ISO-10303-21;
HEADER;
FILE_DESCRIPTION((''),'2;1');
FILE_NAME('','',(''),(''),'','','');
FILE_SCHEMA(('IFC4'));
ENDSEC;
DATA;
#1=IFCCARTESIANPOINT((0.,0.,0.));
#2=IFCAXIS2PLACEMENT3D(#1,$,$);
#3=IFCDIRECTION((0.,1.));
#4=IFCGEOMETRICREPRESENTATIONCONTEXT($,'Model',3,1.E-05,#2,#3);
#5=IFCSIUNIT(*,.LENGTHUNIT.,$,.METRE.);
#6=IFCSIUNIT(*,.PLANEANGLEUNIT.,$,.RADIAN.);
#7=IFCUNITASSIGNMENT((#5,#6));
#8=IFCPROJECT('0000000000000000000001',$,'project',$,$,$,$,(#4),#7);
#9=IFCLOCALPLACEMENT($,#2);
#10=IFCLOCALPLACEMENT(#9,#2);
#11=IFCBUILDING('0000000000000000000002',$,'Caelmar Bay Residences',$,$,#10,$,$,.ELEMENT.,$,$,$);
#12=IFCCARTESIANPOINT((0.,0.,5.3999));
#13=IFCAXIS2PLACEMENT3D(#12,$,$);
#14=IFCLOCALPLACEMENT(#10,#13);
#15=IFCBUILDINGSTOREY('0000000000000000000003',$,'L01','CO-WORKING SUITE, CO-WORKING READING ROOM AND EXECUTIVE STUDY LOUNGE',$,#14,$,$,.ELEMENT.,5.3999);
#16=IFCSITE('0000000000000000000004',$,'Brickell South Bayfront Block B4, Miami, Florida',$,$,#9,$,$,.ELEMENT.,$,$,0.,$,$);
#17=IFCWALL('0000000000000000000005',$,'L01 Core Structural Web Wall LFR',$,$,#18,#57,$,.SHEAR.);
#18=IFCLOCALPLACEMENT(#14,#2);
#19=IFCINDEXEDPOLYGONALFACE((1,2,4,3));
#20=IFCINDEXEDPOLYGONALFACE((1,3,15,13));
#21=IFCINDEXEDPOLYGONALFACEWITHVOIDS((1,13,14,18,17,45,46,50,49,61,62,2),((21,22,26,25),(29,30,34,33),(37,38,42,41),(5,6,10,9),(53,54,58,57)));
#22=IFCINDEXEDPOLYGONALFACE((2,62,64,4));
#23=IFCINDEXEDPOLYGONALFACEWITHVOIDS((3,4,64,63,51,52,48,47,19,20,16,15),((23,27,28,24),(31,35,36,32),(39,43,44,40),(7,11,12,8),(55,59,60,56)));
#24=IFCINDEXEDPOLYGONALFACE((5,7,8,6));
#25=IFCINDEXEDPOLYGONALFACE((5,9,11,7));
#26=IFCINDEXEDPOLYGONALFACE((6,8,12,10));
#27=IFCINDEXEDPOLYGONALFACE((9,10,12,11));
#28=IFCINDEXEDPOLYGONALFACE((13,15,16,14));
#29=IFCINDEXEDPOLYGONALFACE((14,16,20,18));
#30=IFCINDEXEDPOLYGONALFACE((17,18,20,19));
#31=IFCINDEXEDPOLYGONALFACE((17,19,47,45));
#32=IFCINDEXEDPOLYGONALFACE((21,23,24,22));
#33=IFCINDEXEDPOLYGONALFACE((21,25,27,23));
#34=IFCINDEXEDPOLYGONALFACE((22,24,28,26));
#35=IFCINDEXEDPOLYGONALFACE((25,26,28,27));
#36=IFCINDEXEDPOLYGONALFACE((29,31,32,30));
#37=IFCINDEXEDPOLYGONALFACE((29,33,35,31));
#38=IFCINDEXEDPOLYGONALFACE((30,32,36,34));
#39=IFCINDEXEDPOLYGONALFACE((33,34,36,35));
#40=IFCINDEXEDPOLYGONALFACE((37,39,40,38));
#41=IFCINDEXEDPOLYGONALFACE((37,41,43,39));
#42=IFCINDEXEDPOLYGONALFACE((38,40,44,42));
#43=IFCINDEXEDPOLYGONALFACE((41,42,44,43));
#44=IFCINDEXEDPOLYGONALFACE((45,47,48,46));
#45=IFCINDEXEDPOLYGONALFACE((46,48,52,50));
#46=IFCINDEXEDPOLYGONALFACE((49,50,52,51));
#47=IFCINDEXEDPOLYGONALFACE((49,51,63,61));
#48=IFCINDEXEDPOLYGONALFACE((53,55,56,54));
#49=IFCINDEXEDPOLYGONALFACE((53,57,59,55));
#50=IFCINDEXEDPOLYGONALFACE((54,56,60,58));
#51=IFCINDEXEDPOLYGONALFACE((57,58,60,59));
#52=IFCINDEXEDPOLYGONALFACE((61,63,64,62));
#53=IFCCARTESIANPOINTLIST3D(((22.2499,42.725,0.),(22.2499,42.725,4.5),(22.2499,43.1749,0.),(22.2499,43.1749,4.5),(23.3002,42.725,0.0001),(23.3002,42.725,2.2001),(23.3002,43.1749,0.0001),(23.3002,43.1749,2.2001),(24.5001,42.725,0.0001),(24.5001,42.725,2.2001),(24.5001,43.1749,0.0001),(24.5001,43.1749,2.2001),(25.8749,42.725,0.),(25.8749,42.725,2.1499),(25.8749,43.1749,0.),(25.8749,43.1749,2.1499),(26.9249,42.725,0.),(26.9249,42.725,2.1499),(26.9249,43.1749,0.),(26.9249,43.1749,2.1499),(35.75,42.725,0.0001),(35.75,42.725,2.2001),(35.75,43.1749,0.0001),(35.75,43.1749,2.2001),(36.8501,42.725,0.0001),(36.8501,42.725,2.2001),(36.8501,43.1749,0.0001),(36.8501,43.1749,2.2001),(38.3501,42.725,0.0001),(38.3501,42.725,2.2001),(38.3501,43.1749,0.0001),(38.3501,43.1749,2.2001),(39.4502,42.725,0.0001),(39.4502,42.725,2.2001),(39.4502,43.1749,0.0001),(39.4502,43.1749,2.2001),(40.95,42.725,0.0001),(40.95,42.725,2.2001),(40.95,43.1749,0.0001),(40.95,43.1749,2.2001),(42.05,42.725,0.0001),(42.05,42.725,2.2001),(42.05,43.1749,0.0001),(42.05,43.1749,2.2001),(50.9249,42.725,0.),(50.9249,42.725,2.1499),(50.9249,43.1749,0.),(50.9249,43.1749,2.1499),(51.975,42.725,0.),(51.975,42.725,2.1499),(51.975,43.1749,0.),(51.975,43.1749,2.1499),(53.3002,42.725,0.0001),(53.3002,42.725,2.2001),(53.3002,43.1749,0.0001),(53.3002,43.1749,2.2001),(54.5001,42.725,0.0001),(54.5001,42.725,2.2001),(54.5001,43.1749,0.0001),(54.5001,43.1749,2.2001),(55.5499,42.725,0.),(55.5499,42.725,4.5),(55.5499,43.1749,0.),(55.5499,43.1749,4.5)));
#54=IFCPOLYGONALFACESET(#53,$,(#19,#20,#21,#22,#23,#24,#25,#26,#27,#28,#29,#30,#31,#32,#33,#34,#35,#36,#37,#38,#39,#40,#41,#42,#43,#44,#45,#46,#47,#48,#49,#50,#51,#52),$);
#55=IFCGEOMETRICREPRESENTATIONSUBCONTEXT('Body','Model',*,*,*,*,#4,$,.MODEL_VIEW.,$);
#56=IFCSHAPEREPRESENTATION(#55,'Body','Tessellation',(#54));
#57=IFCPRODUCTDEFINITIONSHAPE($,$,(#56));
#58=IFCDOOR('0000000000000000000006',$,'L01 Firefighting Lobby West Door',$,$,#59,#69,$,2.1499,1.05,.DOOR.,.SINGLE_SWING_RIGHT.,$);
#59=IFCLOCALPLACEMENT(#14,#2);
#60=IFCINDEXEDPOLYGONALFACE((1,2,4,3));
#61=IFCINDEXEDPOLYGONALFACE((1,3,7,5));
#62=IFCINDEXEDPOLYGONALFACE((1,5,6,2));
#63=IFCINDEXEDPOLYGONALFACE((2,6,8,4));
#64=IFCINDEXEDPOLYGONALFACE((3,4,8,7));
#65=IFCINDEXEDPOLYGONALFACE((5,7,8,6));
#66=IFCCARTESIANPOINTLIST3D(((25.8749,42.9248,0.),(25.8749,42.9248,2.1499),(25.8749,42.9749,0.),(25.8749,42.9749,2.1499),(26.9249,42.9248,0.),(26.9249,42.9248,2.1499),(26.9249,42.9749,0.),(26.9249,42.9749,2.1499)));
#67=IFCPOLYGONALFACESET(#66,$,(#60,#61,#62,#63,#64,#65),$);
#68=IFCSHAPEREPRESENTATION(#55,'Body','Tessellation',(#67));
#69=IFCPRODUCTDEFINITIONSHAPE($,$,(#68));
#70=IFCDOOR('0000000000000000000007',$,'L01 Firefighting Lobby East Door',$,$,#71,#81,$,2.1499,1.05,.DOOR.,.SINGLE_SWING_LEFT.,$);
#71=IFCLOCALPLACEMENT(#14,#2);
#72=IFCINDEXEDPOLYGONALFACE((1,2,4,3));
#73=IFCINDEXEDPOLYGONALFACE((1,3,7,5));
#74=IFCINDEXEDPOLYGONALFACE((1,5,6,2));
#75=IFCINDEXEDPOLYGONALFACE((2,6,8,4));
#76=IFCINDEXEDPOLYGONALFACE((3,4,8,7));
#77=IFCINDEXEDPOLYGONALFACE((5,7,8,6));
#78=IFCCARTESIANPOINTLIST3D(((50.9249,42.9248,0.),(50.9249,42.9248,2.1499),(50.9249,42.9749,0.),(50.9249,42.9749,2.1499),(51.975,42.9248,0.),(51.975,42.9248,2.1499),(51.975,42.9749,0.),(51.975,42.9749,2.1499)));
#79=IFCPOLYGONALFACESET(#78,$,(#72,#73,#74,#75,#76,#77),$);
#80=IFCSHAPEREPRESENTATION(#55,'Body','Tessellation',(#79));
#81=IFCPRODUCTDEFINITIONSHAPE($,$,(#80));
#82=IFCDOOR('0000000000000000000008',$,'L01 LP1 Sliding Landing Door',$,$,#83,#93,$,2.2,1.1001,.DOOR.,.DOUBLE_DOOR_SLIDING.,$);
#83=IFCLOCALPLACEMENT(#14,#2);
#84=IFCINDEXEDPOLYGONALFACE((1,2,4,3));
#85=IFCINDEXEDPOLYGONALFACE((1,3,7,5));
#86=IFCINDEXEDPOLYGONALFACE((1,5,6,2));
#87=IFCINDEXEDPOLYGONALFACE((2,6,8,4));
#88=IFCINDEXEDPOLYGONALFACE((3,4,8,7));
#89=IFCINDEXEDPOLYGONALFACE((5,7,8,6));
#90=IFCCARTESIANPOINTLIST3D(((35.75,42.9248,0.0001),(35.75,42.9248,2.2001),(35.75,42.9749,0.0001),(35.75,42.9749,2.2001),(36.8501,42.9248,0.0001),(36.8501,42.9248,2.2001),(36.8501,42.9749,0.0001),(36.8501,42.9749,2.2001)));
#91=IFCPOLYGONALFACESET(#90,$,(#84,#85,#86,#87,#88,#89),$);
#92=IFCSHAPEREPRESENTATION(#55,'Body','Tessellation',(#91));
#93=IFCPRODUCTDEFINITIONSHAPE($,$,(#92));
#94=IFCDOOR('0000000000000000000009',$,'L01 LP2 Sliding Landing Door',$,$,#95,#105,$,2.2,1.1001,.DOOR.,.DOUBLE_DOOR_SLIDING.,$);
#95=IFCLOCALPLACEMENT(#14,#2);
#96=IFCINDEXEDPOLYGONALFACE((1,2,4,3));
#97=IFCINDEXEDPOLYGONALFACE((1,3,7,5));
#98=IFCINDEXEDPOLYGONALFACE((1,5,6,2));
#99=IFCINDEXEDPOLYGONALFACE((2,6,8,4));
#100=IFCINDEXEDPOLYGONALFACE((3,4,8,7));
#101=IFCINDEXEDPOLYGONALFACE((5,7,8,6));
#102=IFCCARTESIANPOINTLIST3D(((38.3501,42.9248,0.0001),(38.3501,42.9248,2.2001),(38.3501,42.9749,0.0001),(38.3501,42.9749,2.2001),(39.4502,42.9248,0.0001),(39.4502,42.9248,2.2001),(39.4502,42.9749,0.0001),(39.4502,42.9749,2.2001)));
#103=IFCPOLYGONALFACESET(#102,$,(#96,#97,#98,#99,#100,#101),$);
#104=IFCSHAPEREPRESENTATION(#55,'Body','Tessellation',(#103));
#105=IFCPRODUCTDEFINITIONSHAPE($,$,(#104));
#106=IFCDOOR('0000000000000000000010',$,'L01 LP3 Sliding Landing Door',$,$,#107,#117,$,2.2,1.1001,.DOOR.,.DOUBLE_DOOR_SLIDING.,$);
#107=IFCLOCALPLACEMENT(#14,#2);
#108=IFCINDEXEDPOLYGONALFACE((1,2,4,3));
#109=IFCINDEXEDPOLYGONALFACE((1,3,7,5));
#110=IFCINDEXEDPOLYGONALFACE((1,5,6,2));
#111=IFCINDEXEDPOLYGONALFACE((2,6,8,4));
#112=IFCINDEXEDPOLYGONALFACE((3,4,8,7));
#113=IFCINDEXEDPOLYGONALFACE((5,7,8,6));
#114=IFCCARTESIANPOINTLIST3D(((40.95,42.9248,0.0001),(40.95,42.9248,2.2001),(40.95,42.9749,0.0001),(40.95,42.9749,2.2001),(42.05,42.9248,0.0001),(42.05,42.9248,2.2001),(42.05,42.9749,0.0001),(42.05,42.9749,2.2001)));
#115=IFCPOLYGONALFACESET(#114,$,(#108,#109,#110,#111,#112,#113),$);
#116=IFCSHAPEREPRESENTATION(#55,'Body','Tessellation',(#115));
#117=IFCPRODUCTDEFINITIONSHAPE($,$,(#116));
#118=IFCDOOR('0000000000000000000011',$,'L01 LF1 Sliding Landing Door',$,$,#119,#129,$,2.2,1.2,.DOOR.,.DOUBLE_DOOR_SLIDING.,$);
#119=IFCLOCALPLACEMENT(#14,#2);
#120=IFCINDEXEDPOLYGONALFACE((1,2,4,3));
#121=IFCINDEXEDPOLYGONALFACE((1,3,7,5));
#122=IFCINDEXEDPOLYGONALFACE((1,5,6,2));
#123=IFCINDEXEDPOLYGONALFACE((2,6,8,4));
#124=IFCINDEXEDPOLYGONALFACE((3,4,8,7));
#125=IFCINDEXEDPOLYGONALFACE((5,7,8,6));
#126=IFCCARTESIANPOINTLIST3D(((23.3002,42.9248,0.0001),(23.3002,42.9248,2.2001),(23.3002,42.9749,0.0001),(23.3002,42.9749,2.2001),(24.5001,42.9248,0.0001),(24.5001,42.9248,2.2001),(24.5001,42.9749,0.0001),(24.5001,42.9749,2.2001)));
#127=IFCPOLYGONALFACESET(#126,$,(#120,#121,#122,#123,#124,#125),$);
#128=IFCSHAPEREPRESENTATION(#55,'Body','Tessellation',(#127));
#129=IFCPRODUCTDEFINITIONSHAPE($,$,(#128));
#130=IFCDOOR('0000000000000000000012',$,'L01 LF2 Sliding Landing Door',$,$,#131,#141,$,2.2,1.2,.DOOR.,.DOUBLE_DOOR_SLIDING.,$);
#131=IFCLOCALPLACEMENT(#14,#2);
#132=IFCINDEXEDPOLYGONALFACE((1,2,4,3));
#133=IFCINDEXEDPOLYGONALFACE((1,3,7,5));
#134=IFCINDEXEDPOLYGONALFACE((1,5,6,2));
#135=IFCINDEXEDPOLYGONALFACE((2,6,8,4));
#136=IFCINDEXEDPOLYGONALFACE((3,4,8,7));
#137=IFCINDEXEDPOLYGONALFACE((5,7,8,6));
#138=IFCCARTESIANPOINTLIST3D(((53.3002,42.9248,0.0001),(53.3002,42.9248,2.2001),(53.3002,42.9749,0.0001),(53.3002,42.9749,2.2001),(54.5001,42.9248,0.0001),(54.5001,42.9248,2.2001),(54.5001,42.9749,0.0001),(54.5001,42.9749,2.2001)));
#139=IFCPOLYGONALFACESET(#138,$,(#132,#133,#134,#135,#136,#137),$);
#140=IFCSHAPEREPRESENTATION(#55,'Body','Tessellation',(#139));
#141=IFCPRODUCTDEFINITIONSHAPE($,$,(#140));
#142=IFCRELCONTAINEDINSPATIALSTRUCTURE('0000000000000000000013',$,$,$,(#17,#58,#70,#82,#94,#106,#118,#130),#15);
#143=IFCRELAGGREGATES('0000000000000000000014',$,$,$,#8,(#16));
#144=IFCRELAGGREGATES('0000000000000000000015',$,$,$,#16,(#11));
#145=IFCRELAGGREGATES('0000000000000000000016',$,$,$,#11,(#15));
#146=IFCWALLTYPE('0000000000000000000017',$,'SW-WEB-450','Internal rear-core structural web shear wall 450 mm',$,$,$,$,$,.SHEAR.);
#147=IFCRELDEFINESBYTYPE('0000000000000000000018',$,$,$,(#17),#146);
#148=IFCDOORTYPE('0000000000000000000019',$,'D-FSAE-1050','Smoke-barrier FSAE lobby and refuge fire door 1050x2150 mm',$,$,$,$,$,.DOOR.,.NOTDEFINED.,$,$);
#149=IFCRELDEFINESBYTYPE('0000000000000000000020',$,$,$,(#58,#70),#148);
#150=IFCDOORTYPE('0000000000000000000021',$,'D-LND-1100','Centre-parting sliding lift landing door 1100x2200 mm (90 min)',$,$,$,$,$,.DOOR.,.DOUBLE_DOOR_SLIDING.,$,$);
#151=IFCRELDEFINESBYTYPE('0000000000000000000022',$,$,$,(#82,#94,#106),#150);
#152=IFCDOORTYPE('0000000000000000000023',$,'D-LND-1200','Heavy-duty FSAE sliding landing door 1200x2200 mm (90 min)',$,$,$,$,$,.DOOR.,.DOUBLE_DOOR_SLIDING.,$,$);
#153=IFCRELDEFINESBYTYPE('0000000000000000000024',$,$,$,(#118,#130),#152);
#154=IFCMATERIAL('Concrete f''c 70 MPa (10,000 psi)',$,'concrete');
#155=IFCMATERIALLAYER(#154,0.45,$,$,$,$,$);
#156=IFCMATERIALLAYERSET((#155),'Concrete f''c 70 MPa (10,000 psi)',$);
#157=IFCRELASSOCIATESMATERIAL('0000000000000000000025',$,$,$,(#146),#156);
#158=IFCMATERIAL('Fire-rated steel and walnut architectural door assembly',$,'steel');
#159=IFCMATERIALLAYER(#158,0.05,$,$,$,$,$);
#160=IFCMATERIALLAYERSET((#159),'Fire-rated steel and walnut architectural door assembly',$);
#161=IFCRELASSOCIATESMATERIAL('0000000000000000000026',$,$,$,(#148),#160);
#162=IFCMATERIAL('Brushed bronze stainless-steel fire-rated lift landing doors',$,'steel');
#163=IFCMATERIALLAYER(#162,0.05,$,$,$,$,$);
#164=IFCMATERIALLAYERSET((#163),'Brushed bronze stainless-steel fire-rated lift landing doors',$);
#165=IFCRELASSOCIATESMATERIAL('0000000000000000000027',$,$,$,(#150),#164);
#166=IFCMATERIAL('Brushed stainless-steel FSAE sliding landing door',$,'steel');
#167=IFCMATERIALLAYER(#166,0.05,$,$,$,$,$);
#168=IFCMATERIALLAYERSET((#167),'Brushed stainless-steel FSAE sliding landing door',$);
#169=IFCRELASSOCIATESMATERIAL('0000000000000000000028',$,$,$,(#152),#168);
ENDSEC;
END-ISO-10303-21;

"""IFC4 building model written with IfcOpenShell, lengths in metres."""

from ifc_helpers import new_model, si_unit, direction, frame, frame_2d, origin, place, context, subcontext, project, spatial, rectangle, extrude, material, layer, layer_set, type_object, element, fill, save


model = new_model("IFC4")

# Units and contexts
model_context = context("Model", 3, precision=1e-05, world=origin(), true_north=direction((0.0, 1.0)))
body_context = subcontext(model_context, "Body", "Model", "MODEL_VIEW")
ifc_project = project(units=[si_unit("LENGTHUNIT", "METRE"), si_unit("PLANEANGLEUNIT", "RADIAN")], contexts=[model_context])

# Site, building, storey
site_placement = place(None, origin())
site = spatial("IfcSite", under=ifc_project, at=site_placement, Name="Brickell South Bayfront Block B4, Miami, Florida", CompositionType="ELEMENT", RefElevation=0.0)
building_placement = place(site_placement, origin())
building = spatial("IfcBuilding", under=site, at=building_placement, Name="Caelmar Bay Residences", CompositionType="ELEMENT")
storey_placement = place(building_placement, frame((0.0, 0.0, 5.3999)))
storey = spatial("IfcBuildingStorey", under=building, at=storey_placement, Name="L01", Description="CO-WORKING SUITE, CO-WORKING READING ROOM AND EXECUTIVE STUDY LOUNGE", CompositionType="ELEMENT", Elevation=5.3999)

# Wall, openings, doors
ifc_material_1 = material(Name="Concrete f'c 70 MPa (10,000 psi)", Category="concrete")
ifc_layer_1 = layer(ifc_material_1, 0.45)
ifc_layer_set_1 = layer_set([ifc_layer_1], Name="Concrete f'c 70 MPa (10,000 psi)")
wall_type_1 = type_object("IfcWallType", Name="SW-WEB-450", Description="Internal rear-core structural web shear wall 450 mm", PredefinedType="SHEAR", material=ifc_layer_set_1)
wall_1_placement = place(storey_placement, frame((22.25, 42.95, 0.0), z_axis=(0.0, 0.0, 1.0), x_axis=(1.0, 0.0, 0.0)))
wall_1 = element("IfcWall", 1, at=wall_1_placement, inside=storey, type_object=wall_type_1, Name="L01 Core Structural Web Wall LFR", PredefinedType="SHEAR", context=body_context, shape_type="SweptSolid", body=[
    extrude(rectangle(XDim=33.3, YDim=0.45, at=frame_2d((16.6499, 0.0))), origin(), (0.0, 0.0, 1.0), 4.5),
])
opening_1_placement = place(wall_1_placement, frame((1.05, 0.0, 0.0)))
opening_1 = element("IfcOpeningElement", 2, at=opening_1_placement, cuts=wall_1, PredefinedType="OPENING", context=body_context, shape_type="SweptSolid", body=[
    extrude(rectangle(XDim=1.2, YDim=2.2, at=frame_2d((0.6001, 1.1001))), frame((0.0, 0.2349, 0.0), z_axis=(0.0, -1.0, 0.0), x_axis=(1.0, 0.0, 0.0)), (0.0, 0.0, 1.0), 0.47),
])
opening_2_placement = place(wall_1_placement, frame((31.05, 0.0, 0.0)))
opening_2 = element("IfcOpeningElement", 3, at=opening_2_placement, cuts=wall_1, PredefinedType="OPENING", context=body_context, shape_type="SweptSolid", body=[
    extrude(rectangle(XDim=1.2, YDim=2.2, at=frame_2d((0.6001, 1.1001))), frame((0.0, 0.2349, 0.0), z_axis=(0.0, -1.0, 0.0), x_axis=(1.0, 0.0, 0.0)), (0.0, 0.0, 1.0), 0.47),
])
opening_3_placement = place(wall_1_placement, frame((13.5, 0.0, 0.0)))
opening_3 = element("IfcOpeningElement", 4, at=opening_3_placement, cuts=wall_1, PredefinedType="OPENING", context=body_context, shape_type="SweptSolid", body=[
    extrude(rectangle(XDim=1.1001, YDim=2.2, at=frame_2d((0.55, 1.1001))), frame((0.0, 0.2349, 0.0), z_axis=(0.0, -1.0, 0.0), x_axis=(1.0, 0.0, 0.0)), (0.0, 0.0, 1.0), 0.47),
])
opening_4_placement = place(wall_1_placement, frame((16.1001, 0.0, 0.0)))
opening_4 = element("IfcOpeningElement", 5, at=opening_4_placement, cuts=wall_1, PredefinedType="OPENING", context=body_context, shape_type="SweptSolid", body=[
    extrude(rectangle(XDim=1.1001, YDim=2.2, at=frame_2d((0.55, 1.1001))), frame((0.0, 0.2349, 0.0), z_axis=(0.0, -1.0, 0.0), x_axis=(1.0, 0.0, 0.0)), (0.0, 0.0, 1.0), 0.47),
])
opening_5_placement = place(wall_1_placement, frame((18.7, 0.0, 0.0)))
opening_5 = element("IfcOpeningElement", 6, at=opening_5_placement, cuts=wall_1, PredefinedType="OPENING", context=body_context, shape_type="SweptSolid", body=[
    extrude(rectangle(XDim=1.1001, YDim=2.2, at=frame_2d((0.55, 1.1001))), frame((0.0, 0.2349, 0.0), z_axis=(0.0, -1.0, 0.0), x_axis=(1.0, 0.0, 0.0)), (0.0, 0.0, 1.0), 0.47),
])
opening_6_placement = place(wall_1_placement, frame((3.625, 0.0, 0.0)))
opening_6 = element("IfcOpeningElement", 7, at=opening_6_placement, cuts=wall_1, PredefinedType="OPENING", context=body_context, shape_type="SweptSolid", body=[
    extrude(rectangle(XDim=1.05, YDim=2.1499, at=frame_2d((0.5249, 1.075))), frame((0.0, 0.2349, 0.0), z_axis=(0.0, -1.0, 0.0), x_axis=(1.0, 0.0, 0.0)), (0.0, 0.0, 1.0), 0.47),
])
opening_7_placement = place(wall_1_placement, frame((28.675, 0.0, 0.0)))
opening_7 = element("IfcOpeningElement", 8, at=opening_7_placement, cuts=wall_1, PredefinedType="OPENING", context=body_context, shape_type="SweptSolid", body=[
    extrude(rectangle(XDim=1.05, YDim=2.1499, at=frame_2d((0.5249, 1.075))), frame((0.0, 0.2349, 0.0), z_axis=(0.0, -1.0, 0.0), x_axis=(1.0, 0.0, 0.0)), (0.0, 0.0, 1.0), 0.47),
])
ifc_material_2 = material(Name="Fire-rated steel and walnut architectural door assembly", Category="steel")
ifc_layer_2 = layer(ifc_material_2, 0.05)
ifc_layer_set_2 = layer_set([ifc_layer_2], Name="Fire-rated steel and walnut architectural door assembly")
door_type_1 = type_object("IfcDoorType", Name="D-FSAE-1050", Description="Smoke-barrier FSAE lobby and refuge fire door 1050x2150 mm", OperationType="NOTDEFINED", PredefinedType="DOOR", material=ifc_layer_set_2)
door_1_placement = place(opening_6_placement, origin())
door_1 = element("IfcDoor", 9, at=door_1_placement, inside=storey, type_object=door_type_1, Name="L01 Firefighting Lobby West Door", OperationType="SINGLE_SWING_RIGHT", OverallHeight=2.1499, OverallWidth=1.05, PredefinedType="DOOR", context=body_context, shape_type="SweptSolid", body=[
    extrude(rectangle(XDim=1.05, YDim=2.1499, at=frame_2d((0.5249, 1.075))), frame((0.0, 0.0249, 0.0), z_axis=(0.0, -1.0, 0.0), x_axis=(1.0, 0.0, 0.0)), (0.0, 0.0, 1.0), 0.05),
])
fill(opening_6, door_1)
door_2_placement = place(opening_7_placement, origin())
door_2 = element("IfcDoor", 10, at=door_2_placement, inside=storey, type_object=door_type_1, Name="L01 Firefighting Lobby East Door", OperationType="SINGLE_SWING_LEFT", OverallHeight=2.1499, OverallWidth=1.05, PredefinedType="DOOR", context=body_context, shape_type="SweptSolid", body=[
    extrude(rectangle(XDim=1.05, YDim=2.1499, at=frame_2d((0.5249, 1.075))), frame((0.0, 0.0249, 0.0), z_axis=(0.0, -1.0, 0.0), x_axis=(1.0, 0.0, 0.0)), (0.0, 0.0, 1.0), 0.05),
])
fill(opening_7, door_2)
ifc_material_3 = material(Name="Brushed bronze stainless-steel fire-rated lift landing doors", Category="steel")
ifc_layer_3 = layer(ifc_material_3, 0.05)
ifc_layer_set_3 = layer_set([ifc_layer_3], Name="Brushed bronze stainless-steel fire-rated lift landing doors")
door_type_2 = type_object("IfcDoorType", Name="D-LND-1100", Description="Centre-parting sliding lift landing door 1100x2200 mm (90 min)", OperationType="DOUBLE_DOOR_SLIDING", PredefinedType="DOOR", material=ifc_layer_set_3)
door_3_placement = place(opening_3_placement, origin())
door_3 = element("IfcDoor", 11, at=door_3_placement, inside=storey, type_object=door_type_2, Name="L01 LP1 Sliding Landing Door", OperationType="DOUBLE_DOOR_SLIDING", OverallHeight=2.2, OverallWidth=1.1001, PredefinedType="DOOR", context=body_context, shape_type="SweptSolid", body=[
    extrude(rectangle(XDim=1.1001, YDim=2.2, at=frame_2d((0.55, 1.1001))), frame((0.0, 0.0249, 0.0), z_axis=(0.0, -1.0, 0.0), x_axis=(1.0, 0.0, 0.0)), (0.0, 0.0, 1.0), 0.05),
])
fill(opening_3, door_3)
door_4_placement = place(opening_4_placement, origin())
door_4 = element("IfcDoor", 12, at=door_4_placement, inside=storey, type_object=door_type_2, Name="L01 LP2 Sliding Landing Door", OperationType="DOUBLE_DOOR_SLIDING", OverallHeight=2.2, OverallWidth=1.1001, PredefinedType="DOOR", context=body_context, shape_type="SweptSolid", body=[
    extrude(rectangle(XDim=1.1001, YDim=2.2, at=frame_2d((0.55, 1.1001))), frame((0.0, 0.0249, 0.0), z_axis=(0.0, -1.0, 0.0), x_axis=(1.0, 0.0, 0.0)), (0.0, 0.0, 1.0), 0.05),
])
fill(opening_4, door_4)
door_5_placement = place(opening_5_placement, origin())
door_5 = element("IfcDoor", 13, at=door_5_placement, inside=storey, type_object=door_type_2, Name="L01 LP3 Sliding Landing Door", OperationType="DOUBLE_DOOR_SLIDING", OverallHeight=2.2, OverallWidth=1.1001, PredefinedType="DOOR", context=body_context, shape_type="SweptSolid", body=[
    extrude(rectangle(XDim=1.1001, YDim=2.2, at=frame_2d((0.55, 1.1001))), frame((0.0, 0.0249, 0.0), z_axis=(0.0, -1.0, 0.0), x_axis=(1.0, 0.0, 0.0)), (0.0, 0.0, 1.0), 0.05),
])
fill(opening_5, door_5)
ifc_material_4 = material(Name="Brushed stainless-steel FSAE sliding landing door", Category="steel")
ifc_layer_4 = layer(ifc_material_4, 0.05)
ifc_layer_set_4 = layer_set([ifc_layer_4], Name="Brushed stainless-steel FSAE sliding landing door")
door_type_3 = type_object("IfcDoorType", Name="D-LND-1200", Description="Heavy-duty FSAE sliding landing door 1200x2200 mm (90 min)", OperationType="DOUBLE_DOOR_SLIDING", PredefinedType="DOOR", material=ifc_layer_set_4)
door_6_placement = place(opening_1_placement, origin())
door_6 = element("IfcDoor", 14, at=door_6_placement, inside=storey, type_object=door_type_3, Name="L01 LF1 Sliding Landing Door", OperationType="DOUBLE_DOOR_SLIDING", OverallHeight=2.2, OverallWidth=1.2, PredefinedType="DOOR", context=body_context, shape_type="SweptSolid", body=[
    extrude(rectangle(XDim=1.2, YDim=2.2, at=frame_2d((0.6001, 1.1001))), frame((0.0, 0.0249, 0.0), z_axis=(0.0, -1.0, 0.0), x_axis=(1.0, 0.0, 0.0)), (0.0, 0.0, 1.0), 0.05),
])
fill(opening_1, door_6)
door_7_placement = place(opening_2_placement, origin())
door_7 = element("IfcDoor", 15, at=door_7_placement, inside=storey, type_object=door_type_3, Name="L01 LF2 Sliding Landing Door", OperationType="DOUBLE_DOOR_SLIDING", OverallHeight=2.2, OverallWidth=1.2, PredefinedType="DOOR", context=body_context, shape_type="SweptSolid", body=[
    extrude(rectangle(XDim=1.2, YDim=2.2, at=frame_2d((0.6001, 1.1001))), frame((0.0, 0.0249, 0.0), z_axis=(0.0, -1.0, 0.0), x_axis=(1.0, 0.0, 0.0)), (0.0, 0.0, 1.0), 0.05),
])
fill(opening_2, door_7)

save(model, "model.ifc")
